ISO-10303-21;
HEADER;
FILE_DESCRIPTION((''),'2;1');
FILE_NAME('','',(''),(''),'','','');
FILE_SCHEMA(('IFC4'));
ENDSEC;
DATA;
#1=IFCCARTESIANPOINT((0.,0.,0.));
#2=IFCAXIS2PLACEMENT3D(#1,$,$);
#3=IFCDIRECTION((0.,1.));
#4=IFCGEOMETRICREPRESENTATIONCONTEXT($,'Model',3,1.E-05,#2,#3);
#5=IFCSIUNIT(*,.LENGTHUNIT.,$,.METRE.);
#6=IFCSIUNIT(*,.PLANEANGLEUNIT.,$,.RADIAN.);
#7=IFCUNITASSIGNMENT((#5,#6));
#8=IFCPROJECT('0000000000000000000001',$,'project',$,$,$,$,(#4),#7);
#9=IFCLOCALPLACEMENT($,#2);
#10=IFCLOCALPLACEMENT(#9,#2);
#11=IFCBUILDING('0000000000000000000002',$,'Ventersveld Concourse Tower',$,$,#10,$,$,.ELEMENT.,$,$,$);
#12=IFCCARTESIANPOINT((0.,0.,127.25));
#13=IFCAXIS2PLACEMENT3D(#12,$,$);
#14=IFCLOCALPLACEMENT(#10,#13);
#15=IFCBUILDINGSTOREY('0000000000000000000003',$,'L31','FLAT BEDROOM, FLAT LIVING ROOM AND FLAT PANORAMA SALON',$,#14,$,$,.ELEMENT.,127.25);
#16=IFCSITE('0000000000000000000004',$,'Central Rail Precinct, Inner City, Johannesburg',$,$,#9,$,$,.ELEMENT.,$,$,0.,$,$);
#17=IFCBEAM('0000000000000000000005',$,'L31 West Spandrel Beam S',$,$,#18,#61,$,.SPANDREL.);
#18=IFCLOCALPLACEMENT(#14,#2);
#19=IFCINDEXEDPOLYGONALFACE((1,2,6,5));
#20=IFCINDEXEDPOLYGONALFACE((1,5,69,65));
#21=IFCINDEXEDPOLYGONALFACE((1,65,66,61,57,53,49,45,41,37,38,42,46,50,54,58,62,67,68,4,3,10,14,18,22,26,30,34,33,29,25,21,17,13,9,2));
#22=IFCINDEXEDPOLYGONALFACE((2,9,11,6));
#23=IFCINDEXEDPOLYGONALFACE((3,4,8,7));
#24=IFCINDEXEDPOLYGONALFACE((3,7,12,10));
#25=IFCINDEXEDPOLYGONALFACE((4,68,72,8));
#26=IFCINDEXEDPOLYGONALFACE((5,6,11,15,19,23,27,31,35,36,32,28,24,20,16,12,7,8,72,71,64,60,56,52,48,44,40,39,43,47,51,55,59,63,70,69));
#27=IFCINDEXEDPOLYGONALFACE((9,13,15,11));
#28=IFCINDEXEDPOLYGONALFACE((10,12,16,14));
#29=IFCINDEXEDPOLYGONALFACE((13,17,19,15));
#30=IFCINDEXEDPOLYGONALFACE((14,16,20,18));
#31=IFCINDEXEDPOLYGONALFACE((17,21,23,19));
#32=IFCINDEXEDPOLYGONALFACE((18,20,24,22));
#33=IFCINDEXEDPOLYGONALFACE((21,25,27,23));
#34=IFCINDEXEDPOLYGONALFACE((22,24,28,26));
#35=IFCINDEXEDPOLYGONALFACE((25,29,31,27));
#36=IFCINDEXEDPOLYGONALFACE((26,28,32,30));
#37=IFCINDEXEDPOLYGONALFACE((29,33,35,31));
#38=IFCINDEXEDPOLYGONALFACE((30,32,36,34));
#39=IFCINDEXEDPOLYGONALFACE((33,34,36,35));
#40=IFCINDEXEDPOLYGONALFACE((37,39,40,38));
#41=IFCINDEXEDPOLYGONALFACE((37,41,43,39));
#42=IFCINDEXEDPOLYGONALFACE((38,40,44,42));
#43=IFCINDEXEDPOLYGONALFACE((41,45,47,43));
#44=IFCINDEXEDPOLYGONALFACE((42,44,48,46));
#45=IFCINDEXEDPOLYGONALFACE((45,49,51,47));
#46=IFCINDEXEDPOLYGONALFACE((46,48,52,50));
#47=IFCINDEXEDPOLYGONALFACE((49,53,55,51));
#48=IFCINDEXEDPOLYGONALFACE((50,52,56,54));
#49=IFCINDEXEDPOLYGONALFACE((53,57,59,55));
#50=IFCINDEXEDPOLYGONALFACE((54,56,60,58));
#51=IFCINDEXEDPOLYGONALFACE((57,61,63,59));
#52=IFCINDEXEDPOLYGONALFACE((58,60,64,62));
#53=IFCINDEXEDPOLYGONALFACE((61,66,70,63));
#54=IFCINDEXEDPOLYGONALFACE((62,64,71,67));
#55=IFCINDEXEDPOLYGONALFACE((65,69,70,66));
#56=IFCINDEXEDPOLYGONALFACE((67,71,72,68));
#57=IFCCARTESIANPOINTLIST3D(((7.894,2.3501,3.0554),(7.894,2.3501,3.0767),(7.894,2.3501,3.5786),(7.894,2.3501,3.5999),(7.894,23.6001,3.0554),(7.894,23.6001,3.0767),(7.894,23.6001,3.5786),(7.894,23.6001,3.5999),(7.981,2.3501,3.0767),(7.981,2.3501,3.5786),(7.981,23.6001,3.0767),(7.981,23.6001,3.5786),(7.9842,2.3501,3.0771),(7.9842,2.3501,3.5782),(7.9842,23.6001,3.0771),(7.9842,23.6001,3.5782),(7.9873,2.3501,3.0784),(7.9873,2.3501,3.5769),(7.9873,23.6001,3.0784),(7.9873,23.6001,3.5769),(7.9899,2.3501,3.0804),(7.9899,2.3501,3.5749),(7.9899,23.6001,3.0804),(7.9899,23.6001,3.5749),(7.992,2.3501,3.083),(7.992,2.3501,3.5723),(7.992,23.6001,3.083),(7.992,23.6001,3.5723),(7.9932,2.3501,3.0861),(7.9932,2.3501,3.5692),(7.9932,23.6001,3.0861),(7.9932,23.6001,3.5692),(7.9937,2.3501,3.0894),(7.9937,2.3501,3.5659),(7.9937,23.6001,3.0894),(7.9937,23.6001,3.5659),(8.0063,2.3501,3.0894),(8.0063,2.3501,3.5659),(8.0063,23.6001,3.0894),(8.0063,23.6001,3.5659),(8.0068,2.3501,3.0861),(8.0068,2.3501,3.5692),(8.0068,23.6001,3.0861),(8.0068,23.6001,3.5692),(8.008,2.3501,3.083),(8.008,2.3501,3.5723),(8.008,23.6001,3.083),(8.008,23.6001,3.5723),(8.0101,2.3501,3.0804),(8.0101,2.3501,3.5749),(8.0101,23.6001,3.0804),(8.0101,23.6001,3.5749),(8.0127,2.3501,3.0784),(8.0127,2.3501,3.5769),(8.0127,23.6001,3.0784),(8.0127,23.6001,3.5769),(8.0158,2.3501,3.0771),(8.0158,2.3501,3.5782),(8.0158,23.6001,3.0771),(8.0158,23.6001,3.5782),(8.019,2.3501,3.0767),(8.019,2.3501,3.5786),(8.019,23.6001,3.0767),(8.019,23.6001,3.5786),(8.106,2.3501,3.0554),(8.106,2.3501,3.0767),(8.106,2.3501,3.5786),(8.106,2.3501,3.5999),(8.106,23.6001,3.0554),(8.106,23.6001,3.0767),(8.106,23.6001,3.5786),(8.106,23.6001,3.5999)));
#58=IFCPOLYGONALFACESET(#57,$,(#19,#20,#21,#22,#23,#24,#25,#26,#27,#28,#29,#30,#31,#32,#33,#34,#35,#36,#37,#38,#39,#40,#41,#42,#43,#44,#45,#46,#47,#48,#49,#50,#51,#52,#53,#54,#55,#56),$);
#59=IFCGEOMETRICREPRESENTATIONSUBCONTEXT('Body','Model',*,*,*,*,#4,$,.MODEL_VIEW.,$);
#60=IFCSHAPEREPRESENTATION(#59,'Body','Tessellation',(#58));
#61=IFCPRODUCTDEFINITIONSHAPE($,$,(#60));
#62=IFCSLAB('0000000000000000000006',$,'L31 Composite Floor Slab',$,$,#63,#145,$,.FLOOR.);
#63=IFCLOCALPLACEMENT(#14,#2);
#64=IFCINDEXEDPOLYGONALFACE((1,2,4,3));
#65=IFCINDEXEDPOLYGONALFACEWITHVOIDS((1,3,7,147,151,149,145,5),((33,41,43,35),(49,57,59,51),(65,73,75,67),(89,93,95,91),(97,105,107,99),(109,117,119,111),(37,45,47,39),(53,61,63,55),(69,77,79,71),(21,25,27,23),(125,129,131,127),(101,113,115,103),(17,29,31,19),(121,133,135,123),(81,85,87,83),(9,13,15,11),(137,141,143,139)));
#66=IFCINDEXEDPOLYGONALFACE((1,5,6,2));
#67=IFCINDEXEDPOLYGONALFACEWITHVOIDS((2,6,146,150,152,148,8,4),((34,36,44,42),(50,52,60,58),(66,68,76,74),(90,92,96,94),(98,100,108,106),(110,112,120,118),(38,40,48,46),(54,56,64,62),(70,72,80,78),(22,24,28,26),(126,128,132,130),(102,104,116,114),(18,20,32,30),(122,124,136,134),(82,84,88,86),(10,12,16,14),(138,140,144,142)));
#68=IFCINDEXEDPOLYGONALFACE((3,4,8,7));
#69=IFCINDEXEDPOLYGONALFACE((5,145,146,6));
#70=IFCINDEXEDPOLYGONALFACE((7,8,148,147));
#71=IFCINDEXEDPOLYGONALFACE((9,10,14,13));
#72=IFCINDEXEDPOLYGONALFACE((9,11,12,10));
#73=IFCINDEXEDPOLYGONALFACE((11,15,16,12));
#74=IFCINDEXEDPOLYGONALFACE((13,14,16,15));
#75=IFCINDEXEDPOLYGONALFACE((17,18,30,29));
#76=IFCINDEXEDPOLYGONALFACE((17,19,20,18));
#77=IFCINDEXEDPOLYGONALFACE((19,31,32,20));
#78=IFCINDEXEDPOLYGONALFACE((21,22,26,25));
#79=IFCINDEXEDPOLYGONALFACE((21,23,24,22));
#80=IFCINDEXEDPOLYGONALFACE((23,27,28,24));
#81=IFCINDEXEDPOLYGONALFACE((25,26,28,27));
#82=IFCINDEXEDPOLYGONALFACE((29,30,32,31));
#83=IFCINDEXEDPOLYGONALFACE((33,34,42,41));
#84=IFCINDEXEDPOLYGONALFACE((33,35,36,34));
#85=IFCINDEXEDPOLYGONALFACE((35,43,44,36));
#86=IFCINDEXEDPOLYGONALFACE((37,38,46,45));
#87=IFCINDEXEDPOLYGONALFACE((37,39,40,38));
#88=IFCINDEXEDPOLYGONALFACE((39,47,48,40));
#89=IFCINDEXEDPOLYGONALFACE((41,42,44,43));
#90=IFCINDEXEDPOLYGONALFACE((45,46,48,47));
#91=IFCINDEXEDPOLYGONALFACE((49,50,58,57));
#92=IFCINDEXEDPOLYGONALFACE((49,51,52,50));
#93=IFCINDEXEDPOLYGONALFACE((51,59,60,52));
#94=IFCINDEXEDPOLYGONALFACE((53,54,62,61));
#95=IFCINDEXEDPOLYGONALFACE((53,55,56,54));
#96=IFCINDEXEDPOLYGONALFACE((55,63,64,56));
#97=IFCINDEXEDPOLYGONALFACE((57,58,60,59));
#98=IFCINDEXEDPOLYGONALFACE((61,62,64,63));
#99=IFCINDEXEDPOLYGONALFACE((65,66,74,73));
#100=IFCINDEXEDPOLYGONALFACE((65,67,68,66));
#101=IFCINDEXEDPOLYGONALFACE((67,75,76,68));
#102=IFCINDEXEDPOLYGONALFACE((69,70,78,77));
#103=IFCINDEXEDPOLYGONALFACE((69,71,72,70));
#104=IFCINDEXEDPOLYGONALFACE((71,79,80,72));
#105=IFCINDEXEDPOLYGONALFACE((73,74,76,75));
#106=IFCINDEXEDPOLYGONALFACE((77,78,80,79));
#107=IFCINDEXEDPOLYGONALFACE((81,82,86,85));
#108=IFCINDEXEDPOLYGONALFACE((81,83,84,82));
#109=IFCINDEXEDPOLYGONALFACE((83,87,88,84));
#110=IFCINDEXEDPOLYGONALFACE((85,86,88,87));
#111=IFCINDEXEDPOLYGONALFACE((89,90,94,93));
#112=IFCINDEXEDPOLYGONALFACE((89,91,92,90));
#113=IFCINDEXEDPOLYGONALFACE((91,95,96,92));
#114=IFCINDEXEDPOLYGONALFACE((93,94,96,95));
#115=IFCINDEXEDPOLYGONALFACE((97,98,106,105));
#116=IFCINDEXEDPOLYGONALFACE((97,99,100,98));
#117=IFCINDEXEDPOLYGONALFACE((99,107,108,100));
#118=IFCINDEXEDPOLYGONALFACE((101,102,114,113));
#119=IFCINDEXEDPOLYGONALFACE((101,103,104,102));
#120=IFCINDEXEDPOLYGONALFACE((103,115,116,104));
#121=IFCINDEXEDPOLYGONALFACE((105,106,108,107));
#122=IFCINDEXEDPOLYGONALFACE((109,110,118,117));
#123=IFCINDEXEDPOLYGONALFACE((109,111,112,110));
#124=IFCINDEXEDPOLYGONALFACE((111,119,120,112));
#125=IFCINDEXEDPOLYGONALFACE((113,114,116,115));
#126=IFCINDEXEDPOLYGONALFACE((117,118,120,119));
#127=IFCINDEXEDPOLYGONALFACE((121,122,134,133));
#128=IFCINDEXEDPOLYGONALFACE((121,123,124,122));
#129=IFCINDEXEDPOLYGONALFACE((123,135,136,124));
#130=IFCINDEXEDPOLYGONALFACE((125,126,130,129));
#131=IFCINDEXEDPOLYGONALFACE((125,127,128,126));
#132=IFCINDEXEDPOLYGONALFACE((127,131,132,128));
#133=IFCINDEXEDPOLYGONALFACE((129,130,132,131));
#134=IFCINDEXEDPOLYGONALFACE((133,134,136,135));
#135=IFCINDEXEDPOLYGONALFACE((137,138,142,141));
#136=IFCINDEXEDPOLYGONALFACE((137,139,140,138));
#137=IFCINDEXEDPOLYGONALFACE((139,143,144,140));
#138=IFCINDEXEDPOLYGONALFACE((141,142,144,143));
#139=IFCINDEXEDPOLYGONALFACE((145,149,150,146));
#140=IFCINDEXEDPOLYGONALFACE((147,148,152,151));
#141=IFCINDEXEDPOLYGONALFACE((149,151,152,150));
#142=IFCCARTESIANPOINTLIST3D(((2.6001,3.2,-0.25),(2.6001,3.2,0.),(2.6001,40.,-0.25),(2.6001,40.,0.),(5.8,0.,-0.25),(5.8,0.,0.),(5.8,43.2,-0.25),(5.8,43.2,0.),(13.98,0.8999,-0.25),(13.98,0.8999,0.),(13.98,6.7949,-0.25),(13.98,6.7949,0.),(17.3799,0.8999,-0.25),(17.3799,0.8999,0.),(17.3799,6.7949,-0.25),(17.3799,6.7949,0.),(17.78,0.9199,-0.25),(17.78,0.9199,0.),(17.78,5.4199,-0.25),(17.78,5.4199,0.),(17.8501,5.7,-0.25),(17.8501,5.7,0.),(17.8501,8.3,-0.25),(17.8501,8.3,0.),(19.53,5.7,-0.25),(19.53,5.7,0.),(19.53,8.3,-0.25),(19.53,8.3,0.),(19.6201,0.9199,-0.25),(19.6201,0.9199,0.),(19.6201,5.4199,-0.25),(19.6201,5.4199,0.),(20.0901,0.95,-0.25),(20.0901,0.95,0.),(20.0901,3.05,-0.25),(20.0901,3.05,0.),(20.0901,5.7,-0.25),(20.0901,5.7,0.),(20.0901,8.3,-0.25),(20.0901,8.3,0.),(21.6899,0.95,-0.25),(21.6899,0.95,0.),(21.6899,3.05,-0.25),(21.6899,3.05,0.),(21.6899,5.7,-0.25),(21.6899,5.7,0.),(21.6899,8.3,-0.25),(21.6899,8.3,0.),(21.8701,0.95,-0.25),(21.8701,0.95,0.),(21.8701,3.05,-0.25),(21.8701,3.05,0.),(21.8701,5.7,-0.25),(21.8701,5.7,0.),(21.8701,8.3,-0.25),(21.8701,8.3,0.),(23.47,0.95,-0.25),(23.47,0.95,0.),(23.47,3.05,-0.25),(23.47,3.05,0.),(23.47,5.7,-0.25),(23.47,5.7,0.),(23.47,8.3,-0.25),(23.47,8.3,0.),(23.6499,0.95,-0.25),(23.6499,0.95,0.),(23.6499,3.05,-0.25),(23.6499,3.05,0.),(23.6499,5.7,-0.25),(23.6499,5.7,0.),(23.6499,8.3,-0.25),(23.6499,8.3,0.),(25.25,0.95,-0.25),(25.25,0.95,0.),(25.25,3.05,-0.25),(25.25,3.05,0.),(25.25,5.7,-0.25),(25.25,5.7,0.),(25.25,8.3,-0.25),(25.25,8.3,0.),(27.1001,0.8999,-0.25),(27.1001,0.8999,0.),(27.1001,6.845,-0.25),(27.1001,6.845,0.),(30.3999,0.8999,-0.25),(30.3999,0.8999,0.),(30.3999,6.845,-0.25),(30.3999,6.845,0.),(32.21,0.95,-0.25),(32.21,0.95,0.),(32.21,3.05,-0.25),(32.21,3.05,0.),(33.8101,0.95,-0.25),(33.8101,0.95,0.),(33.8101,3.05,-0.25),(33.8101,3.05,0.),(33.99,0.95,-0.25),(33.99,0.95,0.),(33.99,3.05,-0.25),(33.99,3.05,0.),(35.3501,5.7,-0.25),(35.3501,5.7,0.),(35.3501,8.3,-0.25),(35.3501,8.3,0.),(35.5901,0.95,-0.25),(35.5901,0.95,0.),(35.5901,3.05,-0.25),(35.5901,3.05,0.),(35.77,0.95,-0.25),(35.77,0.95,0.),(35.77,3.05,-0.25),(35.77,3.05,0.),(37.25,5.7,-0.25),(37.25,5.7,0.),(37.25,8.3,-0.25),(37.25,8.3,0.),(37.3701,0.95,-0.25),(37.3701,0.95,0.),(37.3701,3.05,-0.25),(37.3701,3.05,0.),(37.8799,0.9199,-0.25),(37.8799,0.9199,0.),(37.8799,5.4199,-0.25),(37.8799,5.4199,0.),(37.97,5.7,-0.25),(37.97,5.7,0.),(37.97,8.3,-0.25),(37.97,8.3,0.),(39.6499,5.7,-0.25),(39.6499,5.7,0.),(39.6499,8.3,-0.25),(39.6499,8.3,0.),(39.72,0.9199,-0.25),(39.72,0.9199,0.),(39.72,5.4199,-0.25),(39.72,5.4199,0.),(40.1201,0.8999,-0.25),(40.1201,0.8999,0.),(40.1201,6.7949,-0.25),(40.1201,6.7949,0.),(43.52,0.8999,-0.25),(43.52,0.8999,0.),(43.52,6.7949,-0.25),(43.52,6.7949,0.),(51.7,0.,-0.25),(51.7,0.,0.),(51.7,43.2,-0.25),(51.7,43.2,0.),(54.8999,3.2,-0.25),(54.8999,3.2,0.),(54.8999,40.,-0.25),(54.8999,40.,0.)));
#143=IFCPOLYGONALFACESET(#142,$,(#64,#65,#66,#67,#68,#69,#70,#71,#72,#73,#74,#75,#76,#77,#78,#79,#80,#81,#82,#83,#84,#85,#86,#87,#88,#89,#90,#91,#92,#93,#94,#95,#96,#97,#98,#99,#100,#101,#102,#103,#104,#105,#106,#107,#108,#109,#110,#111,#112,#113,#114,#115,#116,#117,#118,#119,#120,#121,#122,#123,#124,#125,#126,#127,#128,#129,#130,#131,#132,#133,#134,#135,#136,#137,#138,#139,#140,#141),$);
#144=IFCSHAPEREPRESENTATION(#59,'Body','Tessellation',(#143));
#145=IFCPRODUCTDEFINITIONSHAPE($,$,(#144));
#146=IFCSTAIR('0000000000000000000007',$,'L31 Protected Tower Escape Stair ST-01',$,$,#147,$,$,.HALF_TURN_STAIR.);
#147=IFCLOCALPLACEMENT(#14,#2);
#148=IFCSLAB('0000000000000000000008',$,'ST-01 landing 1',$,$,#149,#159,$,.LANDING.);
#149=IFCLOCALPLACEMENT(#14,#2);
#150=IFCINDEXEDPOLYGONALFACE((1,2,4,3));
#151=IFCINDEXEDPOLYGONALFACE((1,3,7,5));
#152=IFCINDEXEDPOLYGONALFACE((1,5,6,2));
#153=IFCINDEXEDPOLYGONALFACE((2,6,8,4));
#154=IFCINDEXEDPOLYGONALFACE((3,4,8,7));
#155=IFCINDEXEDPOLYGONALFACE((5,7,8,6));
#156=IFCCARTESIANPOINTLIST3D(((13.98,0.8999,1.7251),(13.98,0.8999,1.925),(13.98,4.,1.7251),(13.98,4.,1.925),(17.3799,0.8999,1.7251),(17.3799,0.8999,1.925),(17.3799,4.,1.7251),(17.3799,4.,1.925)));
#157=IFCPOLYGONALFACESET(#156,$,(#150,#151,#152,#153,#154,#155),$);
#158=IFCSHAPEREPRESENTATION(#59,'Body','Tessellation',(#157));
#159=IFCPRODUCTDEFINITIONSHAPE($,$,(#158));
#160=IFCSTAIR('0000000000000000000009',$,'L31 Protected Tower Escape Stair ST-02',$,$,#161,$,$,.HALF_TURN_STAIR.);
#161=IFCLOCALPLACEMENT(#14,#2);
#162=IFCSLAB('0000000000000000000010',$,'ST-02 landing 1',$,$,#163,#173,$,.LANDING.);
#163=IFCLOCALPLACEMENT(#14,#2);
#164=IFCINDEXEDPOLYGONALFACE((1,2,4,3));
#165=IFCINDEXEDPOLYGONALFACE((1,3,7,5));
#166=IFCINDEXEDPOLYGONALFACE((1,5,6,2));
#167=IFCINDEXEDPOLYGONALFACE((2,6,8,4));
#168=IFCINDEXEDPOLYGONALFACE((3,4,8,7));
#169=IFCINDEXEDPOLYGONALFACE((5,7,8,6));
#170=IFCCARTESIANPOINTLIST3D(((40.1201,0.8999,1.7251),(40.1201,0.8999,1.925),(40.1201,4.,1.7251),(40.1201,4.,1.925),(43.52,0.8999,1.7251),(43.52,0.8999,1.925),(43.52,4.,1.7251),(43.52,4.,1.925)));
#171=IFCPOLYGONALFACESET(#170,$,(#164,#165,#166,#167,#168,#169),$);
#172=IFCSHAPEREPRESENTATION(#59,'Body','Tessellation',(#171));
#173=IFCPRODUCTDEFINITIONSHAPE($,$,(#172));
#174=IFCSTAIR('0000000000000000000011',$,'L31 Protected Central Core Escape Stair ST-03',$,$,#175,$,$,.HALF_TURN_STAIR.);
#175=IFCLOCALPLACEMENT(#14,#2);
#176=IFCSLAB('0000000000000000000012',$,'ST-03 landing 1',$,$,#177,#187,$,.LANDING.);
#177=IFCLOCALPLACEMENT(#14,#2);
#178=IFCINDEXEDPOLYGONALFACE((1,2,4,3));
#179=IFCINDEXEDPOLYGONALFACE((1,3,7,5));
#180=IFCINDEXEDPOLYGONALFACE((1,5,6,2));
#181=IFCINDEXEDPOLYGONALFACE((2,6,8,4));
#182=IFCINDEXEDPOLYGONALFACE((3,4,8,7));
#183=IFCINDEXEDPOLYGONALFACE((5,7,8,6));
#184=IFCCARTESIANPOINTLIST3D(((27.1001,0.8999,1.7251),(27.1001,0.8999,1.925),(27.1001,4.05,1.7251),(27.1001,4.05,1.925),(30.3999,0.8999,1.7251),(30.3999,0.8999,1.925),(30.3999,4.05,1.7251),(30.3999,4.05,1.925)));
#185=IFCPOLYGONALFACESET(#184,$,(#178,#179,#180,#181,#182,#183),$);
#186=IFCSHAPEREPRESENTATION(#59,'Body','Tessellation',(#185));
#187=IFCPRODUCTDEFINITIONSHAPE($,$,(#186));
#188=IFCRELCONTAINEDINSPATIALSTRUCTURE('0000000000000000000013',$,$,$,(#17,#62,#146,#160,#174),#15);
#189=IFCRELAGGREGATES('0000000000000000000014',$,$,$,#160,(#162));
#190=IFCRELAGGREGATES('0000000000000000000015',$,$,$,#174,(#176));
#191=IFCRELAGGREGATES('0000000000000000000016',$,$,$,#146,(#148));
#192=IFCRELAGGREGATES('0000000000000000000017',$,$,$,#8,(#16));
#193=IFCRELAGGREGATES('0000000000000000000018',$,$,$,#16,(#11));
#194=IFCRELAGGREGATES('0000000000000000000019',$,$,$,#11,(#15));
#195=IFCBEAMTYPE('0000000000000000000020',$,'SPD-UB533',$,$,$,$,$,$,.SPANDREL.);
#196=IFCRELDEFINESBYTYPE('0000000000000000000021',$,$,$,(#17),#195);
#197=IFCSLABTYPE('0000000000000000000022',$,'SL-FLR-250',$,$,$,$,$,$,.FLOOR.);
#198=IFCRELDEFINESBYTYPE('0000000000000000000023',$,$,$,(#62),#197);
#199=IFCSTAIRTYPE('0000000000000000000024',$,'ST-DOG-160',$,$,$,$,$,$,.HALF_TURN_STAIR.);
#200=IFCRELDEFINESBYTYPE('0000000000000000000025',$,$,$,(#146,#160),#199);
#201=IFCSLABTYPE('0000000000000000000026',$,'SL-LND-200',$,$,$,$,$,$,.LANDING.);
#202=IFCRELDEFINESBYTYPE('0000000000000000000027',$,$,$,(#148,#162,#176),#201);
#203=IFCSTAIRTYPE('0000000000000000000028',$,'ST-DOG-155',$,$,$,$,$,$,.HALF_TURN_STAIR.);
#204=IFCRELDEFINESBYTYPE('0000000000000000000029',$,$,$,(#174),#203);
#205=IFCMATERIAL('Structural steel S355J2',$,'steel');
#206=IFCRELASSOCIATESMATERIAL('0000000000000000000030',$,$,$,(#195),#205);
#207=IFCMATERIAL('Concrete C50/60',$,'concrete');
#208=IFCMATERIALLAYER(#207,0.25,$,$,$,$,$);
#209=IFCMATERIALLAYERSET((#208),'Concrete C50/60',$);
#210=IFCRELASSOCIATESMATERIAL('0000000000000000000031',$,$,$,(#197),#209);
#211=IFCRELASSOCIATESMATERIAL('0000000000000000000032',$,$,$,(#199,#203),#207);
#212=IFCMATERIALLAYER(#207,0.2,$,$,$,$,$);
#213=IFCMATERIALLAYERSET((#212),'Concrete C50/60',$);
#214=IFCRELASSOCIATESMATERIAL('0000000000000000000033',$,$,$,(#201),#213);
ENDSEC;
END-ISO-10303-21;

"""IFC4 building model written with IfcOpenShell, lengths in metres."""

from ifc_helpers import new_model, si_unit, direction, frame, origin, origin_2d, place, context, subcontext, project, spatial, polyline, i_section, outline, extrude, material, layer, layer_set, material_profile, profile_set, type_object, element, aggregate, save


model = new_model("IFC4")

# Units and contexts
model_context = context("Model", 3, precision=1e-05, world=origin(), true_north=direction((0.0, 1.0)))
body_context = subcontext(model_context, "Body", "Model", "MODEL_VIEW")
ifc_project = project(units=[si_unit("LENGTHUNIT", "METRE"), si_unit("PLANEANGLEUNIT", "RADIAN")], contexts=[model_context])

# Site, building, storey
site_placement = place(None, origin())
site = spatial("IfcSite", under=ifc_project, at=site_placement, Name="Central Rail Precinct, Inner City, Johannesburg", CompositionType="ELEMENT", RefElevation=0.0)
building_placement = place(site_placement, origin())
building = spatial("IfcBuilding", under=site, at=building_placement, Name="Ventersveld Concourse Tower", CompositionType="ELEMENT")
storey_placement = place(building_placement, frame((0.0, 0.0, 127.25)))
storey = spatial("IfcBuildingStorey", under=building, at=storey_placement, Name="L31", Description="FLAT BEDROOM, FLAT LIVING ROOM AND FLAT PANORAMA SALON", CompositionType="ELEMENT", Elevation=127.25)

# Shared definitions
ifc_material_1 = material(Name="Concrete C50/60", Category="concrete")

# Shared definitions
ifc_material_2 = material(Name="Structural steel S355J2", Category="steel")

# Beam
ifc_material_profile_1 = material_profile(ifc_material_2, i_section(OverallWidth=0.2119, OverallDepth=0.5444, WebThickness=0.0127, FlangeThickness=0.0212, FilletRadius=0.0127, at=origin_2d()), Name="UB 533x210x122")
ifc_profile_set_1 = profile_set([ifc_material_profile_1], Name="Structural steel S355J2")
beam_type_1 = type_object("IfcBeamType", Name="SPD-UB533", PredefinedType="SPANDREL", material=ifc_profile_set_1)
beam_1_placement = place(storey_placement, frame((8.0, 2.3501, 3.3276), z_axis=(0.0, 1.0, 0.0), x_axis=(-1.0, 0.0, 0.0)))
element("IfcBeam", 1, at=beam_1_placement, inside=storey, type_object=beam_type_1, Name="L31 West Spandrel Beam S", PredefinedType="SPANDREL", context=body_context, shape_type="SweptSolid", body=[
    extrude(i_section(OverallWidth=0.2119, OverallDepth=0.5444, WebThickness=0.0127, FlangeThickness=0.0212, FilletRadius=0.0127, at=origin_2d()), origin(), (0.0, 0.0, 1.0), 21.25),
])

# Slab
ifc_layer_1 = layer(ifc_material_1, 0.25)
ifc_layer_set_1 = layer_set([ifc_layer_1], Name="Concrete C50/60")
slab_type_1 = type_object("IfcSlabType", Name="SL-FLR-250", PredefinedType="FLOOR", material=ifc_layer_set_1)
slab_1_placement = place(storey_placement, frame((0.0, 0.0, -0.25)))
element("IfcSlab", 2, at=slab_1_placement, inside=storey, type_object=slab_type_1, Name="L31 Composite Floor Slab", PredefinedType="FLOOR", context=body_context, shape_type="SweptSolid", body=[
    extrude(outline(polyline([(5.8, 0.0), (51.7, 0.0), (54.8999, 3.2), (54.8999, 40.0), (51.7, 43.2), (5.8, 43.2), (2.6001, 40.0), (2.6001, 3.2), (5.8, 0.0)]), holes=[polyline([(13.98, 6.7949), (13.98, 0.8999), (17.3799, 0.8999), (17.3799, 6.7949), (13.98, 6.7949)]), polyline([(40.1201, 6.7949), (40.1201, 0.8999), (43.52, 0.8999), (43.52, 6.7949), (40.1201, 6.7949)]), polyline([(27.1001, 6.845), (27.1001, 0.8999), (30.3999, 0.8999), (30.3999, 6.845), (27.1001, 6.845)]), polyline([(17.8501, 5.7), (19.53, 5.7), (19.53, 8.3), (17.8501, 8.3), (17.8501, 5.7)]), polyline([(37.97, 5.7), (39.6499, 5.7), (39.6499, 8.3), (37.97, 8.3), (37.97, 5.7)]), polyline([(35.3501, 5.7), (37.25, 5.7), (37.25, 8.3), (35.3501, 8.3), (35.3501, 5.7)]), polyline([(20.0901, 0.95), (21.6899, 0.95), (21.6899, 3.05), (20.0901, 3.05), (20.0901, 0.95)]), polyline([(21.8701, 0.95), (23.47, 0.95), (23.47, 3.05), (21.8701, 3.05), (21.8701, 0.95)]), polyline([(23.6499, 0.95), (25.25, 0.95), (25.25, 3.05), (23.6499, 3.05), (23.6499, 0.95)]), polyline([(32.21, 0.95), (33.8101, 0.95), (33.8101, 3.05), (32.21, 3.05), (32.21, 0.95)]), polyline([(33.99, 0.95), (35.5901, 0.95), (35.5901, 3.05), (33.99, 3.05), (33.99, 0.95)]), polyline([(35.77, 0.95), (37.3701, 0.95), (37.3701, 3.05), (35.77, 3.05), (35.77, 0.95)]), polyline([(20.0901, 5.7), (21.6899, 5.7), (21.6899, 8.3), (20.0901, 8.3), (20.0901, 5.7)]), polyline([(21.8701, 5.7), (23.47, 5.7), (23.47, 8.3), (21.8701, 8.3), (21.8701, 5.7)]), polyline([(23.6499, 5.7), (25.25, 5.7), (25.25, 8.3), (23.6499, 8.3), (23.6499, 5.7)]), polyline([(17.78, 0.9199), (19.6201, 0.9199), (19.6201, 5.4199), (17.78, 5.4199), (17.78, 0.9199)]), polyline([(37.8799, 0.9199), (39.72, 0.9199), (39.72, 5.4199), (37.8799, 5.4199), (37.8799, 0.9199)])]), origin(), (0.0, 0.0, 1.0), 0.25),
])

# Stairs, slabs
stair_type_1 = type_object("IfcStairType", Name="ST-DOG-160", PredefinedType="HALF_TURN_STAIR", material=ifc_material_1)
stair_1_placement = place(storey_placement, origin())
stair_1 = element("IfcStair", 3, at=stair_1_placement, inside=storey, type_object=stair_type_1, Name="L31 Protected Tower Escape Stair ST-01", PredefinedType="HALF_TURN_STAIR")
ifc_layer_2 = layer(ifc_material_1, 0.2)
ifc_layer_set_2 = layer_set([ifc_layer_2], Name="Concrete C50/60")
slab_type_2 = type_object("IfcSlabType", Name="SL-LND-200", PredefinedType="LANDING", material=ifc_layer_set_2)
slab_2_placement = place(storey_placement, frame((0.0, 0.0, 1.7251)))
slab_2 = element("IfcSlab", 4, at=slab_2_placement, type_object=slab_type_2, Name="ST-01 landing 1", PredefinedType="LANDING", context=body_context, shape_type="SweptSolid", body=[
    extrude(outline(polyline([(13.98, 4.0), (13.98, 0.8999), (17.3799, 0.8999), (17.3799, 4.0), (13.98, 4.0)])), origin(), (0.0, 0.0, 1.0), 0.2),
])
stair_2_placement = place(storey_placement, origin())
stair_2 = element("IfcStair", 5, at=stair_2_placement, inside=storey, type_object=stair_type_1, Name="L31 Protected Tower Escape Stair ST-02", PredefinedType="HALF_TURN_STAIR")
slab_3_placement = place(storey_placement, frame((0.0, 0.0, 1.7251)))
slab_3 = element("IfcSlab", 6, at=slab_3_placement, type_object=slab_type_2, Name="ST-02 landing 1", PredefinedType="LANDING", context=body_context, shape_type="SweptSolid", body=[
    extrude(outline(polyline([(40.1201, 4.0), (40.1201, 0.8999), (43.52, 0.8999), (43.52, 4.0), (40.1201, 4.0)])), origin(), (0.0, 0.0, 1.0), 0.2),
])
aggregate(stair_2, [slab_3])
stair_type_2 = type_object("IfcStairType", Name="ST-DOG-155", PredefinedType="HALF_TURN_STAIR", material=ifc_material_1)
stair_3_placement = place(storey_placement, origin())
stair_3 = element("IfcStair", 7, at=stair_3_placement, inside=storey, type_object=stair_type_2, Name="L31 Protected Central Core Escape Stair ST-03", PredefinedType="HALF_TURN_STAIR")
slab_4_placement = place(storey_placement, frame((0.0, 0.0, 1.7251)))
slab_4 = element("IfcSlab", 8, at=slab_4_placement, type_object=slab_type_2, Name="ST-03 landing 1", PredefinedType="LANDING", context=body_context, shape_type="SweptSolid", body=[
    extrude(outline(polyline([(27.1001, 4.05), (27.1001, 0.8999), (30.3999, 0.8999), (30.3999, 4.05), (27.1001, 4.05)])), origin(), (0.0, 0.0, 1.0), 0.2),
])
aggregate(stair_3, [slab_4])

aggregate(stair_1, [slab_2])

save(model, "model.ifc")
